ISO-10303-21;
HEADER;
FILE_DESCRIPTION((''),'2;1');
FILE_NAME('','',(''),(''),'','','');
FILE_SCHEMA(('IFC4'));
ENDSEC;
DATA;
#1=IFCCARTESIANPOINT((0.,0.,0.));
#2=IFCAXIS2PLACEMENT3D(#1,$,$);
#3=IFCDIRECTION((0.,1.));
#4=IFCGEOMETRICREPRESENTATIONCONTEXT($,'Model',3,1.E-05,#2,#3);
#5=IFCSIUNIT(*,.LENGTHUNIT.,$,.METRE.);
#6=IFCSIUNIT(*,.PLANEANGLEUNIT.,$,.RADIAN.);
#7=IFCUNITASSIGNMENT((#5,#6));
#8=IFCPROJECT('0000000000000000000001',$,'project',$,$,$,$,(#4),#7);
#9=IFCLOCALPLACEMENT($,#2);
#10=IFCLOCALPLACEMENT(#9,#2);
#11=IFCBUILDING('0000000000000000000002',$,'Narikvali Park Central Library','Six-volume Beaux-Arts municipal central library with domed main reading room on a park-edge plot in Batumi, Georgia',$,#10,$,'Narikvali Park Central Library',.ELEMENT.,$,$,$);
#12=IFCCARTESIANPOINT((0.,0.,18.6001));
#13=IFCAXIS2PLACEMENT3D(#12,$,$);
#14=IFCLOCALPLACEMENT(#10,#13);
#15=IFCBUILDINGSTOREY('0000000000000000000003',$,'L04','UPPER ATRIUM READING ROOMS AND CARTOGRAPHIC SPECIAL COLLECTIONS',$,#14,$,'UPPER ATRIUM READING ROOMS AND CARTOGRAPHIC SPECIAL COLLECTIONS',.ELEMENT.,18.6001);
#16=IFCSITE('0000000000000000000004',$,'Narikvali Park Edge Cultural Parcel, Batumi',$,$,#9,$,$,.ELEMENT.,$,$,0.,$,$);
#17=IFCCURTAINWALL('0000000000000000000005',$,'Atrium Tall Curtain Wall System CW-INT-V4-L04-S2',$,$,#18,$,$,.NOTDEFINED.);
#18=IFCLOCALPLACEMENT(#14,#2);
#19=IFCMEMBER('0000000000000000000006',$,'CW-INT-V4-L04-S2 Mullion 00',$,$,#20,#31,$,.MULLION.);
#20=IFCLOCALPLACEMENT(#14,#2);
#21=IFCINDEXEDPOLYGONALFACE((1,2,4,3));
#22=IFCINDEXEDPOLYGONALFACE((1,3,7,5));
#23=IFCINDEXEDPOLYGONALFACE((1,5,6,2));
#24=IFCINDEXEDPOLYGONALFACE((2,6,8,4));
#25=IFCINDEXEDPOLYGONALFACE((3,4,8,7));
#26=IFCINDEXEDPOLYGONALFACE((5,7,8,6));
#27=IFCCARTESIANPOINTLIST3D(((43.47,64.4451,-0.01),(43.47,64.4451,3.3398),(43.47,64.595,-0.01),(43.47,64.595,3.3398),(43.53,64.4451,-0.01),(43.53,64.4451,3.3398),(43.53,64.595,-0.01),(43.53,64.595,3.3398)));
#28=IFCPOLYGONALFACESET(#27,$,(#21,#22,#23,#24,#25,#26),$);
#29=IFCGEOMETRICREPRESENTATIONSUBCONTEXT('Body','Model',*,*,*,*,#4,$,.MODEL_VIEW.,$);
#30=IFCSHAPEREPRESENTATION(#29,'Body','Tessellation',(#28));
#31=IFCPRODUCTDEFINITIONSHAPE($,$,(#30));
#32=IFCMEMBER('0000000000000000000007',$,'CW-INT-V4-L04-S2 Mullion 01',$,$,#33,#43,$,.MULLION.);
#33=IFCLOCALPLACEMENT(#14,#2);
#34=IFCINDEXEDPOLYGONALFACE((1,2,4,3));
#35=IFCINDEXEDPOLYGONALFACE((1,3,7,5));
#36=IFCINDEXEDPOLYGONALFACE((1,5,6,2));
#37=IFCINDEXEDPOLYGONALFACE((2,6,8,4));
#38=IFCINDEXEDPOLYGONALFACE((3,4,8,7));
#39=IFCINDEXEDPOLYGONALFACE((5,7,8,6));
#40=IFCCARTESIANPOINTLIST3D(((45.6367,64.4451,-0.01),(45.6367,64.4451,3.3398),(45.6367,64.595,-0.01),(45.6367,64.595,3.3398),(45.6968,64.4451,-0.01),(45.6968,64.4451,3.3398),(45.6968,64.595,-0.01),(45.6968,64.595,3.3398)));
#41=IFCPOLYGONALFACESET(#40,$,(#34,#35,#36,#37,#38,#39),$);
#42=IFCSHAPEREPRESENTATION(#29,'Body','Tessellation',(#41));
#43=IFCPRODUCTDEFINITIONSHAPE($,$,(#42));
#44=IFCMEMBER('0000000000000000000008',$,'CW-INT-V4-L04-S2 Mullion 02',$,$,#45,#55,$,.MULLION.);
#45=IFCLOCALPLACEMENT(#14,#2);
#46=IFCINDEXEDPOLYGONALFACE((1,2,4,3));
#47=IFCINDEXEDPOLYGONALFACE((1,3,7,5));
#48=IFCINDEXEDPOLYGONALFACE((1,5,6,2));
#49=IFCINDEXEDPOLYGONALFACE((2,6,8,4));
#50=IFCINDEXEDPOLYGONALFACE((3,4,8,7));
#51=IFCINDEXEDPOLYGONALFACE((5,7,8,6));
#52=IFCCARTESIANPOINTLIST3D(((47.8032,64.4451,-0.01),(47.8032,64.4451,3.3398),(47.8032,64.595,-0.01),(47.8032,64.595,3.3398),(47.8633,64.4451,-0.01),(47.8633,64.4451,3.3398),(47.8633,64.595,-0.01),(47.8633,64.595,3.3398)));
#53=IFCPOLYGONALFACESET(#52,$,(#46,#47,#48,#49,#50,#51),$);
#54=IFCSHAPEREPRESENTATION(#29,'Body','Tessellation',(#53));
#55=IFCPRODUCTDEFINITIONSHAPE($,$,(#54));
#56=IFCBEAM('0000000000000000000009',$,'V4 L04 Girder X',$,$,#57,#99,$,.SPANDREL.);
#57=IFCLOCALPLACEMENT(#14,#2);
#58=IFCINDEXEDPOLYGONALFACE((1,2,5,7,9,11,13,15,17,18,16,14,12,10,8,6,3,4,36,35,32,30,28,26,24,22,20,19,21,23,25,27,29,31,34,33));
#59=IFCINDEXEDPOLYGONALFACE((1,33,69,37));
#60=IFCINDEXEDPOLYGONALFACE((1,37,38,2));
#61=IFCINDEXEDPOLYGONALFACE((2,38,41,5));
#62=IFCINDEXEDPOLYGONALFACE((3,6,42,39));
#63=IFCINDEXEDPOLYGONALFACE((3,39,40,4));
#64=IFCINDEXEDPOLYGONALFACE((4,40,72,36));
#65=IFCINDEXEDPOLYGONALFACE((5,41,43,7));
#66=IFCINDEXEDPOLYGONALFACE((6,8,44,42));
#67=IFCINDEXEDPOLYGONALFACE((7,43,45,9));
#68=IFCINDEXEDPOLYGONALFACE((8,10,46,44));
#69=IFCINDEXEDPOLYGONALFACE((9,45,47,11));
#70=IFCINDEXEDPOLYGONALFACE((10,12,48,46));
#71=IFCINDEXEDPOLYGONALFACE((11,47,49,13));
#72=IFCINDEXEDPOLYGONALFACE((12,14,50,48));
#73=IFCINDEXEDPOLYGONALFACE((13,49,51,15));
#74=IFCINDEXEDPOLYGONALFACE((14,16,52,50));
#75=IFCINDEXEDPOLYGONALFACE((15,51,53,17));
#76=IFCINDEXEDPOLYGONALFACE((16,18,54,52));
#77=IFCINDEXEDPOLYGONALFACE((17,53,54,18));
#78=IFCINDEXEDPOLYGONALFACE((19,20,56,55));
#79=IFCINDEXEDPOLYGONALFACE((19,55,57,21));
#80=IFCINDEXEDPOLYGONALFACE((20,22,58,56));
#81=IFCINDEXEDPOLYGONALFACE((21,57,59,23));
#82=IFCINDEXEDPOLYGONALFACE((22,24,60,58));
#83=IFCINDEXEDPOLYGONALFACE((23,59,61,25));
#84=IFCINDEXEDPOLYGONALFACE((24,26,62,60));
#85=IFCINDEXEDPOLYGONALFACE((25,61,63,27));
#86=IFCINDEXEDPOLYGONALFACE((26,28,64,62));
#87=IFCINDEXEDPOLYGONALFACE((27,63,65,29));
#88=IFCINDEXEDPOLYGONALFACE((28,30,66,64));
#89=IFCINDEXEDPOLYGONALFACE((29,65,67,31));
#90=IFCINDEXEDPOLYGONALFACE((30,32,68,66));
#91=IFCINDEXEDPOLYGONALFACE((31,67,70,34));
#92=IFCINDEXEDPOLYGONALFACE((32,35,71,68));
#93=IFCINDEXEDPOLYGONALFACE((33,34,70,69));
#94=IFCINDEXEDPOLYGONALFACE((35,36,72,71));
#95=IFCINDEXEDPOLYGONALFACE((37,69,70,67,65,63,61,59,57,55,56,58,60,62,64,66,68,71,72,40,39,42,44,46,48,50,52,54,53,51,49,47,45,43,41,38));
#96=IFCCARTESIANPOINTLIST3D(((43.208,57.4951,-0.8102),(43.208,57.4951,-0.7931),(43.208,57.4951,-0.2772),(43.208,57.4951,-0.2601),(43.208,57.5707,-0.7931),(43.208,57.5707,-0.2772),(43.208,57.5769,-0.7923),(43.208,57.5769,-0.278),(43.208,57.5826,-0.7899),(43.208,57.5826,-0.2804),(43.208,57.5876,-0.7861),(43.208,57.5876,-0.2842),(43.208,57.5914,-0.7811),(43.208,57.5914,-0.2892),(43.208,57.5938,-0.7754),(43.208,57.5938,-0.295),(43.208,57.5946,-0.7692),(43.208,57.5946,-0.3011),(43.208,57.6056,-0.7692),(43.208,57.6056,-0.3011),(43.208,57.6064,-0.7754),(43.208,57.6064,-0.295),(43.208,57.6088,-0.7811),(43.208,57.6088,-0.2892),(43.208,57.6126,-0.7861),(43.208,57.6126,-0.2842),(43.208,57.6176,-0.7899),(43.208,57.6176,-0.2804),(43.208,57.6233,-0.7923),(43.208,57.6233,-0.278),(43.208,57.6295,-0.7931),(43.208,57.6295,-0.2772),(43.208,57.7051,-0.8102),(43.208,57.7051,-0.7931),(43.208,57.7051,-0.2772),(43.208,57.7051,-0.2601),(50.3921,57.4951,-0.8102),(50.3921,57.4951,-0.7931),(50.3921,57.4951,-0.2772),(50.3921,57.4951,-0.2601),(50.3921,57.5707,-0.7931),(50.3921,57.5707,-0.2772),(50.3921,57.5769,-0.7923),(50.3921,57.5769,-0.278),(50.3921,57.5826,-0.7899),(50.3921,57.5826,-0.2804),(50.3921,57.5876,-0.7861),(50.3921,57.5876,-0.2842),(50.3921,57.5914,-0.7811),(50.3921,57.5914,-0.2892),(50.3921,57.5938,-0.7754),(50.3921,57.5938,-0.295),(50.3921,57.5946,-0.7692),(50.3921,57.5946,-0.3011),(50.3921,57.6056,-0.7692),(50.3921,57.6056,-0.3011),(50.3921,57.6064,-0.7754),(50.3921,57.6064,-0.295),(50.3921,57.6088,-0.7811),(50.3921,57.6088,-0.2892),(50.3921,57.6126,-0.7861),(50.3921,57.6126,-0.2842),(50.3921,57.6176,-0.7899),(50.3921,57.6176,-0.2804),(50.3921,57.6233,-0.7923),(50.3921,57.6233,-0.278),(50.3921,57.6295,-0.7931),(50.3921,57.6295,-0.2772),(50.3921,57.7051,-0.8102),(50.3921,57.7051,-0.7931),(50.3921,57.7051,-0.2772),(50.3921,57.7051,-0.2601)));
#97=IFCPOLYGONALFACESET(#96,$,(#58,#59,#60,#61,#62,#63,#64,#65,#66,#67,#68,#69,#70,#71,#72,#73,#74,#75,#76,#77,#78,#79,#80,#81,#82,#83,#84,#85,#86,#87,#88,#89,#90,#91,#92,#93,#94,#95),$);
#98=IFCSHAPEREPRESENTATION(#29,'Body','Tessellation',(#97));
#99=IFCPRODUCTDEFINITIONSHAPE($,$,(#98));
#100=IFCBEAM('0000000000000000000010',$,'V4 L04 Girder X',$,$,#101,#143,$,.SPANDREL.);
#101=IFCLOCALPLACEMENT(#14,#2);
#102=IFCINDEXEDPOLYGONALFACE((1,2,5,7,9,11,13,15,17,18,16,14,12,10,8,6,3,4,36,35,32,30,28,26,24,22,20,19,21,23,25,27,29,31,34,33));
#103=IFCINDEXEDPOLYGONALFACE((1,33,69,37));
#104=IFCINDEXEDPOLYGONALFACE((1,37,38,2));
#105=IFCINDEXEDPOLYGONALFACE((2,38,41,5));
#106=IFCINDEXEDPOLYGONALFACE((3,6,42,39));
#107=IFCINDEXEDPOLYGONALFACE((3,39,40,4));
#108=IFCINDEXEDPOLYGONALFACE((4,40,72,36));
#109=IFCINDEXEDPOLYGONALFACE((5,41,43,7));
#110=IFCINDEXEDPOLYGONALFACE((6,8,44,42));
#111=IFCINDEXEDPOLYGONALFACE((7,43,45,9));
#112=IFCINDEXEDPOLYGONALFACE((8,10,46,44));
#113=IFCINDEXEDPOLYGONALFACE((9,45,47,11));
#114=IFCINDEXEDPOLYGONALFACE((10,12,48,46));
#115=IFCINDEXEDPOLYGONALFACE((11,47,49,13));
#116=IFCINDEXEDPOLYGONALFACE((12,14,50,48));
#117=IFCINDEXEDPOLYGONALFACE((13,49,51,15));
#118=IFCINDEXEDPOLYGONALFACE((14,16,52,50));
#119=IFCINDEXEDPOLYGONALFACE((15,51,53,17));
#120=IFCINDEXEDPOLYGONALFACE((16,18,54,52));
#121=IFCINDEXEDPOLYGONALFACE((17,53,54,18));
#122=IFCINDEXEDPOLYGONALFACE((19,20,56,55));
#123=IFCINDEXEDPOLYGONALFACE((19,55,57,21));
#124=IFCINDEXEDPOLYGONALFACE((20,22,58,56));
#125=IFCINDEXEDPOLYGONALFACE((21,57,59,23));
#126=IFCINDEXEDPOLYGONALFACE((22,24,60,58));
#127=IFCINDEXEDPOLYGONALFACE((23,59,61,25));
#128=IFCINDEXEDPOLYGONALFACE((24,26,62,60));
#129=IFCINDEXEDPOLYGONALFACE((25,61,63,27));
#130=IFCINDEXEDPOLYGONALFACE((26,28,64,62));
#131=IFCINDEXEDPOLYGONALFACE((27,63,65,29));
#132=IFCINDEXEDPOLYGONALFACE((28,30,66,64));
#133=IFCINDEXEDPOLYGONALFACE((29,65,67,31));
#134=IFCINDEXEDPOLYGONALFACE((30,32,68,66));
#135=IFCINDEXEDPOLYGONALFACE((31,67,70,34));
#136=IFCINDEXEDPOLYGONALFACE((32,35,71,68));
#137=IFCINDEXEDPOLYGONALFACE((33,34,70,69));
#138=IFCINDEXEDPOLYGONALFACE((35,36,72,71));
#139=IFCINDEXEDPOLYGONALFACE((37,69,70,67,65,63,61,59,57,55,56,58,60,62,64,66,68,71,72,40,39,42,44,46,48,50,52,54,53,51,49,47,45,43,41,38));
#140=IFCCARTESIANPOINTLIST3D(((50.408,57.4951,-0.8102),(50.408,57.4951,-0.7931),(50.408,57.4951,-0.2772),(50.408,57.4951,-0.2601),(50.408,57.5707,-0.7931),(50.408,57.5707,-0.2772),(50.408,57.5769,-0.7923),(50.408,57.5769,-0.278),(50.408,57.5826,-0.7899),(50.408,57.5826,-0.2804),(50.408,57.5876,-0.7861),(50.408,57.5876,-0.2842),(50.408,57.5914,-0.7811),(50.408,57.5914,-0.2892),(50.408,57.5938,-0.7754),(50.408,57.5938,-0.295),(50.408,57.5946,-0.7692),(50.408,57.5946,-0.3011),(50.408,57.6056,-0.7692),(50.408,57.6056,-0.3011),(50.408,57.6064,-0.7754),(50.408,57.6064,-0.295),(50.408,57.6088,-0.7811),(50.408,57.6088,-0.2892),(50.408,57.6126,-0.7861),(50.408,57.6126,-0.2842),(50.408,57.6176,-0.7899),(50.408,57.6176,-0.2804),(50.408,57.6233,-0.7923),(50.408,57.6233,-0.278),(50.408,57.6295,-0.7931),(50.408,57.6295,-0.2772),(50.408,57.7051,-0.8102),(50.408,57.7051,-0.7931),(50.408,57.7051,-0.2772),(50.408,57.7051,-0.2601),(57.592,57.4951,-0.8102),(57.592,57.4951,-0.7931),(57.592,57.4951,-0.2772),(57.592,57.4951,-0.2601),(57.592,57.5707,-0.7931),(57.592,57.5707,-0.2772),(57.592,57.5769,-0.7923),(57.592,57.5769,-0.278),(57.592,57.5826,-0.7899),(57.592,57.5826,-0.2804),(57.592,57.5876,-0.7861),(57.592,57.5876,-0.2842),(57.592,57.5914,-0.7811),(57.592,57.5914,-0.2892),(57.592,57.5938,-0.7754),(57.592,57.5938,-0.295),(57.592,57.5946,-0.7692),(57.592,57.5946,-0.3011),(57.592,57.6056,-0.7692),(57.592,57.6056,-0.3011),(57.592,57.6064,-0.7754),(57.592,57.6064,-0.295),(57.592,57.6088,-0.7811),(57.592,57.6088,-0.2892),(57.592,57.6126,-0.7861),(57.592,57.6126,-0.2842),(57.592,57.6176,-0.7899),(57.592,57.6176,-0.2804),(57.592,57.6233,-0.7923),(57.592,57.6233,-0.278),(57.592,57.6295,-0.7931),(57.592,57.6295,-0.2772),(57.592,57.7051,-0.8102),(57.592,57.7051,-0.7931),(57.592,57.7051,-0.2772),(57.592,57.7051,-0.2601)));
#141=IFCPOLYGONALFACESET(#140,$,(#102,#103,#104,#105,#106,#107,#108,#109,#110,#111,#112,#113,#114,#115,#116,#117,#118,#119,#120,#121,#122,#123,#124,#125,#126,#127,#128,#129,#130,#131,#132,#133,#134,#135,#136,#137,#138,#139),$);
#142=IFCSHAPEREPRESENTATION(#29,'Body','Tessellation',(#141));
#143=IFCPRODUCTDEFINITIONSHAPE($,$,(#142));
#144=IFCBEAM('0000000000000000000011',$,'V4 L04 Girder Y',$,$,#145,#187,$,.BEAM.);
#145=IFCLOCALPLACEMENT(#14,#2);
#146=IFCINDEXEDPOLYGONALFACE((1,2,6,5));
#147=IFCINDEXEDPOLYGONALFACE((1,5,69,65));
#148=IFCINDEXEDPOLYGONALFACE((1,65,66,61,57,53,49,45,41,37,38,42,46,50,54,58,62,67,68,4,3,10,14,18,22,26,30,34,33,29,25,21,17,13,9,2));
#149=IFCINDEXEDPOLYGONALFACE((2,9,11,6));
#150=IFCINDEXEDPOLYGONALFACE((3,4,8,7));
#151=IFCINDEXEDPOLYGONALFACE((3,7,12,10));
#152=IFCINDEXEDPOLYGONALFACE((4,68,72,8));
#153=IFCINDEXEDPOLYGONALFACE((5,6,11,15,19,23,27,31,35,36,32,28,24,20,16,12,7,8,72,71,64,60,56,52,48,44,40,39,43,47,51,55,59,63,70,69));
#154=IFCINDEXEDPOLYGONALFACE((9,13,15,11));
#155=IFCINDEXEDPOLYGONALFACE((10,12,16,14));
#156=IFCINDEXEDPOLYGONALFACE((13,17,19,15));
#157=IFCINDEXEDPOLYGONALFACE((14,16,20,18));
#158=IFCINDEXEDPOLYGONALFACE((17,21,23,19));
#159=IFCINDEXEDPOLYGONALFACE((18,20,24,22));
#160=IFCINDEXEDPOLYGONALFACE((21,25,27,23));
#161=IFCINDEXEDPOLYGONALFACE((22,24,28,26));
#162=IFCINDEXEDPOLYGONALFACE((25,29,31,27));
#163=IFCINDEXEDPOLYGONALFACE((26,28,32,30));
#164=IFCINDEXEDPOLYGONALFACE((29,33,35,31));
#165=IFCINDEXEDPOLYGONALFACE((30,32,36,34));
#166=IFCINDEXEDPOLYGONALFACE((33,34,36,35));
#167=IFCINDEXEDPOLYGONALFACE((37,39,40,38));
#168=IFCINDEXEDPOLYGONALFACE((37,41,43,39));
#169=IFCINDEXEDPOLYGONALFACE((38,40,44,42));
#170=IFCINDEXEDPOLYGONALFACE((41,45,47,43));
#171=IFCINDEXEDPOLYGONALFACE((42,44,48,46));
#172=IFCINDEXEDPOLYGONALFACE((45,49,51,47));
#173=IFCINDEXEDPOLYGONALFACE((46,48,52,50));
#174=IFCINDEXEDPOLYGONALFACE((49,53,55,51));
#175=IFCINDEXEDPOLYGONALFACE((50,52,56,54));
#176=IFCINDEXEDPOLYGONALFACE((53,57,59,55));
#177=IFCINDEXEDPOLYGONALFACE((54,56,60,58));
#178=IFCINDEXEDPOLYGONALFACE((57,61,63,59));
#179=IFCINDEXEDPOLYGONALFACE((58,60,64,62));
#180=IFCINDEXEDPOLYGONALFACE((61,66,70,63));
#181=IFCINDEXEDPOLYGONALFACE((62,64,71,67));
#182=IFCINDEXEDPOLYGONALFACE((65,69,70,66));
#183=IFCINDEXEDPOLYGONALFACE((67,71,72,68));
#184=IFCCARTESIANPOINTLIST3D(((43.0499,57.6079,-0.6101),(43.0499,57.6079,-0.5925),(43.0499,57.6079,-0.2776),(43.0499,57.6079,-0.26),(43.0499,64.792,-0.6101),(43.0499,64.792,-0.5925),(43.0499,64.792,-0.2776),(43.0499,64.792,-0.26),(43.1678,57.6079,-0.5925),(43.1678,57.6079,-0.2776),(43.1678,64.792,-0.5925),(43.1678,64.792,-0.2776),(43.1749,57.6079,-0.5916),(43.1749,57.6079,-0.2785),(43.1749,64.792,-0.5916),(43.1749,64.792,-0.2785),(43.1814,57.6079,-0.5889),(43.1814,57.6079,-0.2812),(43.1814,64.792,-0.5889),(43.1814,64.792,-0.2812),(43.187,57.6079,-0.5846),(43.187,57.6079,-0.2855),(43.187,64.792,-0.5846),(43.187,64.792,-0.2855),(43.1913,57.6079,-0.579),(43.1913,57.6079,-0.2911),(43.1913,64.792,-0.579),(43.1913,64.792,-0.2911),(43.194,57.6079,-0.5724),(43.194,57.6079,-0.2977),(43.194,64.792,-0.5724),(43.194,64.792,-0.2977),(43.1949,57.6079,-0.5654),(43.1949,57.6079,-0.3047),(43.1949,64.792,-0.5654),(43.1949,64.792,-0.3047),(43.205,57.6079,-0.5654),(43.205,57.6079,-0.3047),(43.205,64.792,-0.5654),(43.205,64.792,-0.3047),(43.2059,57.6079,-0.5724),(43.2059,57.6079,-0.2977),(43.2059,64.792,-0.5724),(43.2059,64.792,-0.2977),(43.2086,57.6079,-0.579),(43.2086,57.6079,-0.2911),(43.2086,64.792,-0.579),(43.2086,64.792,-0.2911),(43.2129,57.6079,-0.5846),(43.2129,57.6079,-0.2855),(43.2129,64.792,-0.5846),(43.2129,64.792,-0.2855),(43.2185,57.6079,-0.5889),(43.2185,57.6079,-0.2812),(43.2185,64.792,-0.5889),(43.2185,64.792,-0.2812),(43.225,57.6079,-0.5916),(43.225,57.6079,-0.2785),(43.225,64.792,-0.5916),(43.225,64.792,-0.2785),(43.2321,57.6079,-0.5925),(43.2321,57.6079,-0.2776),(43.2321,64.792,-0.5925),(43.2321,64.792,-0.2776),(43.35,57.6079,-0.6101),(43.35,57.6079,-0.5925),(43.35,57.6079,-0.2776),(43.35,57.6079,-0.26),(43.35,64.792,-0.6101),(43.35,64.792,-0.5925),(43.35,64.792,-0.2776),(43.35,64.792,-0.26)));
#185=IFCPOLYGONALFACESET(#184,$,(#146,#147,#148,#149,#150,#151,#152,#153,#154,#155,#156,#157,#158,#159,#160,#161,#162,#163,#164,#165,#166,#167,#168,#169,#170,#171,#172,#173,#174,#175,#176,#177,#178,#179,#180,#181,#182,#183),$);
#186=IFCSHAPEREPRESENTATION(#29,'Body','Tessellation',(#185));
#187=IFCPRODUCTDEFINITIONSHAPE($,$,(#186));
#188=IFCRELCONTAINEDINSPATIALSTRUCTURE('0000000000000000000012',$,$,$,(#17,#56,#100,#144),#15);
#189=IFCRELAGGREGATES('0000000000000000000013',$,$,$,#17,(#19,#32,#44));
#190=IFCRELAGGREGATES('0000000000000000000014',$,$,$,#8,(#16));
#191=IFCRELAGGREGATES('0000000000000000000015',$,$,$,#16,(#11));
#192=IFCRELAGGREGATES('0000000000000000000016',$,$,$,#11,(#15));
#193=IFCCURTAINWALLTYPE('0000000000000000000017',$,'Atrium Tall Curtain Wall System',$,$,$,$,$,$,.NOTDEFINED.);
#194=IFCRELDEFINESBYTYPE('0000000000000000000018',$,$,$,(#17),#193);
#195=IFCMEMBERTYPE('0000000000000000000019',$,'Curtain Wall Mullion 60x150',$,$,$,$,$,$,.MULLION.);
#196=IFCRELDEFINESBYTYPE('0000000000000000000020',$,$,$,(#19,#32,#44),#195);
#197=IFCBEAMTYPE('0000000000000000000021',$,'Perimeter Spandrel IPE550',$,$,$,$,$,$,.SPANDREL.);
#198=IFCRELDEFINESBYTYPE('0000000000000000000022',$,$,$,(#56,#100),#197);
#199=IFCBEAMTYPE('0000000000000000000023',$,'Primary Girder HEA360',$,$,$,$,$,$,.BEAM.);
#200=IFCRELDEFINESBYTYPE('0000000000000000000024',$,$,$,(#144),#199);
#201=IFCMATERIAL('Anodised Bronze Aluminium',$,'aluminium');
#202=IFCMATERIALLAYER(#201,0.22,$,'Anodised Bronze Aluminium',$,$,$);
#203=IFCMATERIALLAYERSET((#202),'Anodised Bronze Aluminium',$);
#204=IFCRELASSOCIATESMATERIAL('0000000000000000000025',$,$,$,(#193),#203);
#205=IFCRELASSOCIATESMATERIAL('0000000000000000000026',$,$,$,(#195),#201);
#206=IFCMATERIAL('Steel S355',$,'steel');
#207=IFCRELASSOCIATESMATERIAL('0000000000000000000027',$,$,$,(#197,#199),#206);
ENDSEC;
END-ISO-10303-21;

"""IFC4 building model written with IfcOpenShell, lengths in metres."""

from ifc_helpers import new_model, si_unit, direction, frame, origin, origin_2d, place, context, subcontext, project, spatial, rectangle, i_section, extrude, material, layer, layer_set, material_profile, profile_set, type_object, element, aggregate, save


model = new_model("IFC4")

# Units and contexts
model_context = context("Model", 3, precision=1e-05, world=origin(), true_north=direction((0.0, 1.0)))
body_context = subcontext(model_context, "Body", "Model", "MODEL_VIEW")
ifc_project = project(units=[si_unit("LENGTHUNIT", "METRE"), si_unit("PLANEANGLEUNIT", "RADIAN")], contexts=[model_context])

# Site, building, storey
site_placement = place(None, origin())
site = spatial("IfcSite", under=ifc_project, at=site_placement, Name="Narikvali Park Edge Cultural Parcel, Batumi", CompositionType="ELEMENT", RefElevation=0.0)
building_placement = place(site_placement, origin())
building = spatial("IfcBuilding", under=site, at=building_placement, Name="Narikvali Park Central Library", Description="Six-volume Beaux-Arts municipal central library with domed main reading room on a park-edge plot in Batumi, Georgia", LongName="Narikvali Park Central Library", CompositionType="ELEMENT")
storey_placement = place(building_placement, frame((0.0, 0.0, 18.6001)))
storey = spatial("IfcBuildingStorey", under=building, at=storey_placement, Name="L04", Description="UPPER ATRIUM READING ROOMS AND CARTOGRAPHIC SPECIAL COLLECTIONS", LongName="UPPER ATRIUM READING ROOMS AND CARTOGRAPHIC SPECIAL COLLECTIONS", CompositionType="ELEMENT", Elevation=18.6001)

# Shared definitions
ifc_material_1 = material(Name="Steel S355", Category="steel")

# Curtain wall, members
ifc_material_2 = material(Name="Anodised Bronze Aluminium", Category="aluminium")
ifc_layer_1 = layer(ifc_material_2, 0.22, Name="Anodised Bronze Aluminium")
ifc_layer_set_1 = layer_set([ifc_layer_1], Name="Anodised Bronze Aluminium")
curtain_wall_type = type_object("IfcCurtainWallType", Name="Atrium Tall Curtain Wall System", PredefinedType="NOTDEFINED", material=ifc_layer_set_1)
curtain_wall_placement = place(storey_placement, origin())
curtain_wall = element("IfcCurtainWall", 1, at=curtain_wall_placement, inside=storey, type_object=curtain_wall_type, Name="Atrium Tall Curtain Wall System CW-INT-V4-L04-S2", PredefinedType="NOTDEFINED")
ifc_material_profile_1 = material_profile(ifc_material_2, rectangle(XDim=0.0601, YDim=0.1499, at=origin_2d()), Name="CW MULLION 60x150")
ifc_profile_set_1 = profile_set([ifc_material_profile_1], Name="Anodised Bronze Aluminium")
member_type_1 = type_object("IfcMemberType", Name="Curtain Wall Mullion 60x150", PredefinedType="MULLION", material=ifc_profile_set_1)
member_1_placement = place(storey_placement, frame((43.5, 64.52, -0.01), z_axis=(0.0, 0.0, 1.0), x_axis=(1.0, 0.0, 0.0)))
member_1 = element("IfcMember", 2, at=member_1_placement, type_object=member_type_1, Name="CW-INT-V4-L04-S2 Mullion 00", PredefinedType="MULLION", context=body_context, shape_type="SweptSolid", body=[
    extrude(rectangle(XDim=0.0601, YDim=0.1499, at=origin_2d()), origin(), (0.0, 0.0, 1.0), 3.3499),
])
member_2_placement = place(storey_placement, frame((45.6667, 64.52, -0.01), z_axis=(0.0, 0.0, 1.0), x_axis=(1.0, 0.0, 0.0)))
member_2 = element("IfcMember", 3, at=member_2_placement, type_object=member_type_1, Name="CW-INT-V4-L04-S2 Mullion 01", PredefinedType="MULLION", context=body_context, shape_type="SweptSolid", body=[
    extrude(rectangle(XDim=0.0601, YDim=0.1499, at=origin_2d()), origin(), (0.0, 0.0, 1.0), 3.3499),
])
member_3_placement = place(storey_placement, frame((47.8333, 64.52, -0.01), z_axis=(0.0, 0.0, 1.0), x_axis=(1.0, 0.0, 0.0)))
member_3 = element("IfcMember", 4, at=member_3_placement, type_object=member_type_1, Name="CW-INT-V4-L04-S2 Mullion 02", PredefinedType="MULLION", context=body_context, shape_type="SweptSolid", body=[
    extrude(rectangle(XDim=0.0601, YDim=0.1499, at=origin_2d()), origin(), (0.0, 0.0, 1.0), 3.3499),
])

# Beams
ifc_material_profile_2 = material_profile(ifc_material_1, i_section(OverallWidth=0.21, OverallDepth=0.55, WebThickness=0.011, FlangeThickness=0.0171, FilletRadius=0.0239, at=origin_2d()), Name="IPE 550")
ifc_profile_set_2 = profile_set([ifc_material_profile_2], Name="Steel S355")
beam_type_1 = type_object("IfcBeamType", Name="Perimeter Spandrel IPE550", PredefinedType="SPANDREL", material=ifc_profile_set_2)
for number, where, z_axis, x_axis, name in (
    (5, (43.208, 57.6001, -0.5352), (1.0, 0.0, 0.0), (0.0, 1.0, 0.0), "V4 L04 Girder X"),
    (6, (50.408, 57.6001, -0.5352), (1.0, 0.0, 0.0), (0.0, 1.0, 0.0), "V4 L04 Girder X"),
):
    element("IfcBeam", number, at=place(storey_placement, frame(where, z_axis=z_axis, x_axis=x_axis)), inside=storey, type_object=beam_type_1, Name=name, PredefinedType="SPANDREL", context=body_context, shape_type="SweptSolid", body=[
        extrude(i_section(OverallWidth=0.21, OverallDepth=0.55, WebThickness=0.011, FlangeThickness=0.0171, FilletRadius=0.0239, at=origin_2d()), origin(), (0.0, 0.0, 1.0), 7.1841),
    ])
ifc_material_profile_3 = material_profile(ifc_material_1, i_section(OverallWidth=0.3, OverallDepth=0.3501, WebThickness=0.01, FlangeThickness=0.0176, FilletRadius=0.0271, at=origin_2d()), Name="HEA 360")
ifc_profile_set_3 = profile_set([ifc_material_profile_3], Name="Steel S355")
beam_type_2 = type_object("IfcBeamType", Name="Primary Girder HEA360", PredefinedType="BEAM", material=ifc_profile_set_3)
for number, where, z_axis, x_axis, name in (
    (7, (43.2, 57.6079, -0.4351), (0.0, 1.0, 0.0), (-1.0, 0.0, 0.0), "V4 L04 Girder Y"),
):
    element("IfcBeam", number, at=place(storey_placement, frame(where, z_axis=z_axis, x_axis=x_axis)), inside=storey, type_object=beam_type_2, Name=name, PredefinedType="BEAM", context=body_context, shape_type="SweptSolid", body=[
        extrude(i_section(OverallWidth=0.3, OverallDepth=0.3501, WebThickness=0.01, FlangeThickness=0.0176, FilletRadius=0.0271, at=origin_2d()), origin(), (0.0, 0.0, 1.0), 7.1841),
    ])

aggregate(curtain_wall, [member_1, member_2, member_3])

save(model, "model.ifc")
